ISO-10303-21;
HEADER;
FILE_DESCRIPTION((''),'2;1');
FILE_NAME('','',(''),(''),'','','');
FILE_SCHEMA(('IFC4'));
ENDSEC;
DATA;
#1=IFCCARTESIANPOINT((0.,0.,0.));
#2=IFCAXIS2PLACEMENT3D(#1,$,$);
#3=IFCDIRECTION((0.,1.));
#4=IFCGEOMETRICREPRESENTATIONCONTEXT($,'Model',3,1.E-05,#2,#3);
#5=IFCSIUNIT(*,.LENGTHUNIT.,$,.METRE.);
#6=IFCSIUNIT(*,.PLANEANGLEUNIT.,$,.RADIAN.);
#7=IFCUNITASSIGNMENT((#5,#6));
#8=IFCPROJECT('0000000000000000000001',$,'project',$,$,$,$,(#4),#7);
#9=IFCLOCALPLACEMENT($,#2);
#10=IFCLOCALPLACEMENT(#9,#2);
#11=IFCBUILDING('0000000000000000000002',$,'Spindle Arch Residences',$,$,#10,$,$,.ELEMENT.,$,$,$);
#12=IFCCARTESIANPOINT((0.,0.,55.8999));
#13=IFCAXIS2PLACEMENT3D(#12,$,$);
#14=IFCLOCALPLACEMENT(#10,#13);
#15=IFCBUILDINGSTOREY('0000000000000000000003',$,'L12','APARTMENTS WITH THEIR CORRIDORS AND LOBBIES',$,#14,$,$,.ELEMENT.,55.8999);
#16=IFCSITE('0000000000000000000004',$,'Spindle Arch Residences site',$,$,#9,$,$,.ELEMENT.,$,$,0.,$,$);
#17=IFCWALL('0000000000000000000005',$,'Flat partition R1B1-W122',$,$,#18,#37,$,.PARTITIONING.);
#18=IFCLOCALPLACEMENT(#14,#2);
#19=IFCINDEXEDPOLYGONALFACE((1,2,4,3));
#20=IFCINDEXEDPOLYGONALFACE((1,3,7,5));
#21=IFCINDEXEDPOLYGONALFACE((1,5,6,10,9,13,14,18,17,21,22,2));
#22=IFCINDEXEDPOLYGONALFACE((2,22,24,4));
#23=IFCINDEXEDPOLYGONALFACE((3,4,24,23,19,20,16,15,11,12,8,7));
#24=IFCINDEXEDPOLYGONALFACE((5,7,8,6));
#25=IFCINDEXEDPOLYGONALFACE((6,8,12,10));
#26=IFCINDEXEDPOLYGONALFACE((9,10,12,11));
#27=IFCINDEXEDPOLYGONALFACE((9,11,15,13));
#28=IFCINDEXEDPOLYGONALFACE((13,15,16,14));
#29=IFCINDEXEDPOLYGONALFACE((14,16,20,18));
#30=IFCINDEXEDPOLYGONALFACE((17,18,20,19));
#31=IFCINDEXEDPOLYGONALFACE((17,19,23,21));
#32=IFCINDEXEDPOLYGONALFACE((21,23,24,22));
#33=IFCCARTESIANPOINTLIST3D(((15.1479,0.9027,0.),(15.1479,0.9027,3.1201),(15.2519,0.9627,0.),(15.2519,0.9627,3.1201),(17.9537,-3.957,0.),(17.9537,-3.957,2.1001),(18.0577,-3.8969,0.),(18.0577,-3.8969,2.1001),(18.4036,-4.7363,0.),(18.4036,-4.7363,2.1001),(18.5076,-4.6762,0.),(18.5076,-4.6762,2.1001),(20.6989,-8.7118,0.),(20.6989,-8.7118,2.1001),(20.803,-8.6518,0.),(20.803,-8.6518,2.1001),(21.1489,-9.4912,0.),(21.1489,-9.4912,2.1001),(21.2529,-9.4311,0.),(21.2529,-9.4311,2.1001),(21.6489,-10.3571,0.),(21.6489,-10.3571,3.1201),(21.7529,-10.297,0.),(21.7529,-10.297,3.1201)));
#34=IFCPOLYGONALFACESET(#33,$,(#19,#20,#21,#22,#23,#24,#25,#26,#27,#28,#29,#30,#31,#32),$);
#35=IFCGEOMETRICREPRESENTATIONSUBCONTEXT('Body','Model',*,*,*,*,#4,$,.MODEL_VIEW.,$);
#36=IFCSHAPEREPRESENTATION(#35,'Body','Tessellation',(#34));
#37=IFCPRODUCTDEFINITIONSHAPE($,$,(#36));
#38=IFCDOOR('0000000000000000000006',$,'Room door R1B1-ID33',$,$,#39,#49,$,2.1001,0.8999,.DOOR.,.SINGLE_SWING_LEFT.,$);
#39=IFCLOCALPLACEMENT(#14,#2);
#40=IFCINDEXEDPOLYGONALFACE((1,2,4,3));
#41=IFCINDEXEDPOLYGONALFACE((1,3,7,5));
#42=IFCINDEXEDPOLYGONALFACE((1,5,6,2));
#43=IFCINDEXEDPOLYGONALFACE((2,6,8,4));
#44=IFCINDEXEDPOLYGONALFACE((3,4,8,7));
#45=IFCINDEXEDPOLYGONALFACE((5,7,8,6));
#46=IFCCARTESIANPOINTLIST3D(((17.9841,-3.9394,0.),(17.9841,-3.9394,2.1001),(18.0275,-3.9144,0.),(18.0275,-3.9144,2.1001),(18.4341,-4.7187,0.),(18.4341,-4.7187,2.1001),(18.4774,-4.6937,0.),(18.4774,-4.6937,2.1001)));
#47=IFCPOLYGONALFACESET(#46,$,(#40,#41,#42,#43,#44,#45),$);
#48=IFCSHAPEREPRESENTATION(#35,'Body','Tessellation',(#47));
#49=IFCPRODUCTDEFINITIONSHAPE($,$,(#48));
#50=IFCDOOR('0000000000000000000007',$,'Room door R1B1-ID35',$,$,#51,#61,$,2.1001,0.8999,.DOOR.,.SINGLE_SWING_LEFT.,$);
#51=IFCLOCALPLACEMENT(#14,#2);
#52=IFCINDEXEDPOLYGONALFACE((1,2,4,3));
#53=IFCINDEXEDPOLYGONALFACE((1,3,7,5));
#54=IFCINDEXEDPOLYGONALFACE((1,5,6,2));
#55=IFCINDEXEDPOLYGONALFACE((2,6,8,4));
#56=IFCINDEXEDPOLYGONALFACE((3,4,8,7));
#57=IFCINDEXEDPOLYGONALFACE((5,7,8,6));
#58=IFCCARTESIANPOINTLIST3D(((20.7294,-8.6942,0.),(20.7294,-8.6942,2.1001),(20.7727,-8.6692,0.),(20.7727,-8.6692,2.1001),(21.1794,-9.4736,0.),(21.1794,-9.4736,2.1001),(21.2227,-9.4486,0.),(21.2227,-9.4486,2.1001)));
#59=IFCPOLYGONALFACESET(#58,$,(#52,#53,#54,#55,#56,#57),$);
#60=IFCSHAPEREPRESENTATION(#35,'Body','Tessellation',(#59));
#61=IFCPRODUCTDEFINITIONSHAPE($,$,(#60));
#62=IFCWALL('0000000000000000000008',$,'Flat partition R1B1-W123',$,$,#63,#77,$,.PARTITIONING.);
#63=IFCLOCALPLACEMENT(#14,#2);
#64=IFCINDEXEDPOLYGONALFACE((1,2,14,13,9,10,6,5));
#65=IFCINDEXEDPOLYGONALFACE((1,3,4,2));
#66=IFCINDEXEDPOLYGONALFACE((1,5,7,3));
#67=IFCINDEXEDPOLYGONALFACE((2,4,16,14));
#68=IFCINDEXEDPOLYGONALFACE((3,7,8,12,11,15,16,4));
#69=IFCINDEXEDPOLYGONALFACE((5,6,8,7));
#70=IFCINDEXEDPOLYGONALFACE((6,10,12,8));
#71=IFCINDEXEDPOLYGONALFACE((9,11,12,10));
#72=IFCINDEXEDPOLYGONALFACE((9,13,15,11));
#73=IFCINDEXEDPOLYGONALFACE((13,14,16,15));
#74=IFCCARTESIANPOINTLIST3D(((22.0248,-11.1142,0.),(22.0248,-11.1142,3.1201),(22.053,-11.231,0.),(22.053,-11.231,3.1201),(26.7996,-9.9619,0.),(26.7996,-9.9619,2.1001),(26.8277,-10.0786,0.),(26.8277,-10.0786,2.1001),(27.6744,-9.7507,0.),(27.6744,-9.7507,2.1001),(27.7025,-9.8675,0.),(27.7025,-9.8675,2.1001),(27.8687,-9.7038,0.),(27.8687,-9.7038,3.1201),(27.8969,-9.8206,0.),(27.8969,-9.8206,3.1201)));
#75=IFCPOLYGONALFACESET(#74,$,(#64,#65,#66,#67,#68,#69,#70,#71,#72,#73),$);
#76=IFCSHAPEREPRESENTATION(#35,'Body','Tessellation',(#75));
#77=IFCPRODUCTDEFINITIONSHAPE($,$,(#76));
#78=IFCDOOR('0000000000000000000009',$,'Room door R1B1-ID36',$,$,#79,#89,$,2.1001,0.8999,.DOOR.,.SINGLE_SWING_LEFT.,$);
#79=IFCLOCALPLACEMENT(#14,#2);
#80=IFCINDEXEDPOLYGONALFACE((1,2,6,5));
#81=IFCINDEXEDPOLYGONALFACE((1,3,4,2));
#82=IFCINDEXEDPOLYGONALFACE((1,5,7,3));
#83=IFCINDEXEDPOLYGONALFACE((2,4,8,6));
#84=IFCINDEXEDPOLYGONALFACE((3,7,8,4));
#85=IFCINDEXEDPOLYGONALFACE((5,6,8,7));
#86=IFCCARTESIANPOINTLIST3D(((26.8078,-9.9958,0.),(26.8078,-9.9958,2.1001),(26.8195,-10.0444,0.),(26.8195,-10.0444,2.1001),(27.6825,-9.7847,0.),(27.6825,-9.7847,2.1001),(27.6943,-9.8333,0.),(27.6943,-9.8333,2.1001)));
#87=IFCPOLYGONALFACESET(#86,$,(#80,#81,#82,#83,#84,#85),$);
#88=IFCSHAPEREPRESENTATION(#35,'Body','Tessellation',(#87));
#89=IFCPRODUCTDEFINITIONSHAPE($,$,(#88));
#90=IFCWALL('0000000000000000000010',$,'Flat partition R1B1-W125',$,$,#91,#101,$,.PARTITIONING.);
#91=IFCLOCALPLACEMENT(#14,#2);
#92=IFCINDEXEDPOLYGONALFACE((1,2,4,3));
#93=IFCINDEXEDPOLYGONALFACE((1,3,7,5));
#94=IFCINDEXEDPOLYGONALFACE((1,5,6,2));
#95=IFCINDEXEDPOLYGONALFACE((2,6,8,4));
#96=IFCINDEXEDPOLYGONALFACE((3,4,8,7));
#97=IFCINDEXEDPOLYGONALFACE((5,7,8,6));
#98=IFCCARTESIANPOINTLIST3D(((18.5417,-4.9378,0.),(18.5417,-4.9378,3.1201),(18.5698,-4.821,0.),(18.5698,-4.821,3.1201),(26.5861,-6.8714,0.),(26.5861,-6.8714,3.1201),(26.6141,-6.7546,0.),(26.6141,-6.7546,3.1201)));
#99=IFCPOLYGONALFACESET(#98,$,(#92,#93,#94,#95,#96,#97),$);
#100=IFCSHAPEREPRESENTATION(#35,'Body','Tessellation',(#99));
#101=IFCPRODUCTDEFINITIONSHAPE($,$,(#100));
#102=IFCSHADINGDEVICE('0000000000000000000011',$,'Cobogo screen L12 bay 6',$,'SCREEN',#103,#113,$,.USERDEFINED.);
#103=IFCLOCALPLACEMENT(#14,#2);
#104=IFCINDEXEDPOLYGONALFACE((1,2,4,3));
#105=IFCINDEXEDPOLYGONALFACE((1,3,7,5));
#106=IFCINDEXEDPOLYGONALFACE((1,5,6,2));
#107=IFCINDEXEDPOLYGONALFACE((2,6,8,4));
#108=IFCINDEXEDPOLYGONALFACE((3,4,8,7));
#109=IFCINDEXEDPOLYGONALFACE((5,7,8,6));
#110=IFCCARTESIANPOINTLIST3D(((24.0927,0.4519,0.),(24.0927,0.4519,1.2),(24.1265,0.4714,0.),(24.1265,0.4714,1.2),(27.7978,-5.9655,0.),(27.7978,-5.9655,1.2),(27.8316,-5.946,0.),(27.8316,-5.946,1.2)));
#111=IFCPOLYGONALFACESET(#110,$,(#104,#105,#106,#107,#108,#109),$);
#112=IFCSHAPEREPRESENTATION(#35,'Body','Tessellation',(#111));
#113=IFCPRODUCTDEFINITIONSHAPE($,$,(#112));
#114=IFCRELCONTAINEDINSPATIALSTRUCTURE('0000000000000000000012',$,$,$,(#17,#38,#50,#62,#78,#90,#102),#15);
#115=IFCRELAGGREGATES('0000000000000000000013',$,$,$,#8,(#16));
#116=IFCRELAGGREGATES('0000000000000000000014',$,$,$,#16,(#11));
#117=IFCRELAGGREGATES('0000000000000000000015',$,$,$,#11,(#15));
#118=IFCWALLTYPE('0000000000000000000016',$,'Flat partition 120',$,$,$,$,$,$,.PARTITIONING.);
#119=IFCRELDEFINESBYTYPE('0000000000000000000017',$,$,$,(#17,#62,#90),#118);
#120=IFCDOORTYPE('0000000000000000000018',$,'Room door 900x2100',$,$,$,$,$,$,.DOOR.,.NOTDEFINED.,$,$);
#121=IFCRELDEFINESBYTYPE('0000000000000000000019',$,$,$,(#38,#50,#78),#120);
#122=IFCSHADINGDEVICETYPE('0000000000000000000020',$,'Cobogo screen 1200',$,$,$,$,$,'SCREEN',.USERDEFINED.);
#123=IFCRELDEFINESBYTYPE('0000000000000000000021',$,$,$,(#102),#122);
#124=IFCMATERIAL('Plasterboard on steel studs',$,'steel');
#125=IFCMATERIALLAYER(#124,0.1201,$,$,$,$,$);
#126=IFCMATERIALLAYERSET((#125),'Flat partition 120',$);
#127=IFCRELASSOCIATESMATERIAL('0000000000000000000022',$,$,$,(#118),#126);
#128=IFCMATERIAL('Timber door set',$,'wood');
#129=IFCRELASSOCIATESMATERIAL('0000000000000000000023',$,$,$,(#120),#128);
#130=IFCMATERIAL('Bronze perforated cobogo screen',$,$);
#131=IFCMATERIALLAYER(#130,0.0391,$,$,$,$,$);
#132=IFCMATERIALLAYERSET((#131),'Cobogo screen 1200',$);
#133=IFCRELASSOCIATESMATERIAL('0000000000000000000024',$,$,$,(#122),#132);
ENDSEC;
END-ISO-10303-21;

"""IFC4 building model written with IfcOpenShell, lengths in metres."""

from ifc_helpers import new_model, si_unit, direction, frame, frame_2d, origin, origin_2d, place, context, subcontext, project, spatial, rectangle, extrude, material, layer, layer_set, type_object, element, fill, save


model = new_model("IFC4")

# Units and contexts
model_context = context("Model", 3, precision=1e-05, world=origin(), true_north=direction((0.0, 1.0)))
body_context = subcontext(model_context, "Body", "Model", "MODEL_VIEW")
ifc_project = project(units=[si_unit("LENGTHUNIT", "METRE"), si_unit("PLANEANGLEUNIT", "RADIAN")], contexts=[model_context])

# Site, building, storey
site_placement = place(None, origin())
site = spatial("IfcSite", under=ifc_project, at=site_placement, Name="Spindle Arch Residences site", CompositionType="ELEMENT", RefElevation=0.0)
building_placement = place(site_placement, origin())
building = spatial("IfcBuilding", under=site, at=building_placement, Name="Spindle Arch Residences", CompositionType="ELEMENT")
storey_placement = place(building_placement, frame((0.0, 0.0, 55.8999)))
storey = spatial("IfcBuildingStorey", under=building, at=storey_placement, Name="L12", Description="APARTMENTS WITH THEIR CORRIDORS AND LOBBIES", CompositionType="ELEMENT", Elevation=55.8999)

# Shared definitions
ifc_material_1 = material(Name="Plasterboard on steel studs", Category="steel")
ifc_layer_1 = layer(ifc_material_1, 0.1201)
ifc_layer_set_1 = layer_set([ifc_layer_1], Name="Flat partition 120")
wall_type_1 = type_object("IfcWallType", Name="Flat partition 120", PredefinedType="PARTITIONING", material=ifc_layer_set_1)

# Shared definitions
ifc_material_2 = material(Name="Timber door set", Category="wood")
door_type_1 = type_object("IfcDoorType", Name="Room door 900x2100", OperationType="NOTDEFINED", PredefinedType="DOOR", material=ifc_material_2)

# Wall, openings, doors
wall_1_placement = place(storey_placement, frame((21.7009, -10.3271, 0.0), z_axis=(0.0, 0.0, 1.0), x_axis=(-0.500009, 0.86602, 0.0)))
wall_1 = element("IfcWall", 1, at=wall_1_placement, inside=storey, type_object=wall_type_1, Name="Flat partition R1B1-W122", PredefinedType="PARTITIONING", context=body_context, shape_type="SweptSolid", body=[
    extrude(rectangle(XDim=13.0017, YDim=0.1201, at=frame_2d((6.501, 0.0))), origin(), (0.0, 0.0, 1.0), 3.1201),
])
opening_1_placement = place(wall_1_placement, frame((6.4905, 0.0, 0.0)))
opening_1 = element("IfcOpeningElement", 2, at=opening_1_placement, cuts=wall_1, PredefinedType="OPENING", context=body_context, shape_type="SweptSolid", body=[
    extrude(rectangle(XDim=0.8999, YDim=2.1001, at=frame_2d((0.45, 1.05))), frame((0.0, 0.0701, 0.0), z_axis=(0.0, -1.0, 0.0), x_axis=(1.0, 0.0, 0.0)), (0.0, 0.0, 1.0), 0.1401),
])
opening_2_placement = place(wall_1_placement, frame((1.0, 0.0, 0.0)))
opening_2 = element("IfcOpeningElement", 3, at=opening_2_placement, cuts=wall_1, PredefinedType="OPENING", context=body_context, shape_type="SweptSolid", body=[
    extrude(rectangle(XDim=0.8999, YDim=2.1001, at=frame_2d((0.45, 1.05))), frame((0.0, 0.0701, 0.0), z_axis=(0.0, -1.0, 0.0), x_axis=(1.0, 0.0, 0.0)), (0.0, 0.0, 1.0), 0.1401),
])
door_1_placement = place(opening_1_placement, origin())
door_1 = element("IfcDoor", 4, at=door_1_placement, inside=storey, type_object=door_type_1, Name="Room door R1B1-ID33", OperationType="SINGLE_SWING_LEFT", OverallHeight=2.1001, OverallWidth=0.8999, PredefinedType="DOOR", context=body_context, shape_type="SweptSolid", body=[
    extrude(rectangle(XDim=0.8999, YDim=2.1001, at=frame_2d((0.45, 1.05))), frame((0.0, 0.0249, 0.0), z_axis=(0.0, -1.0, 0.0), x_axis=(1.0, 0.0, 0.0)), (0.0, 0.0, 1.0), 0.05),
])
fill(opening_1, door_1)
door_2_placement = place(opening_2_placement, origin())
door_2 = element("IfcDoor", 5, at=door_2_placement, inside=storey, type_object=door_type_1, Name="Room door R1B1-ID35", OperationType="SINGLE_SWING_LEFT", OverallHeight=2.1001, OverallWidth=0.8999, PredefinedType="DOOR", context=body_context, shape_type="SweptSolid", body=[
    extrude(rectangle(XDim=0.8999, YDim=2.1001, at=frame_2d((0.45, 1.05))), frame((0.0, 0.0249, 0.0), z_axis=(0.0, -1.0, 0.0), x_axis=(1.0, 0.0, 0.0)), (0.0, 0.0, 1.0), 0.05),
])
fill(opening_2, door_2)

# Wall, opening, door
wall_2_placement = place(storey_placement, frame((27.8828, -9.7622, 0.0), z_axis=(0.0, 0.0, 1.0), x_axis=(-0.972091, -0.234606, 0.0)))
wall_2 = element("IfcWall", 6, at=wall_2_placement, inside=storey, type_object=wall_type_1, Name="Flat partition R1B1-W123", PredefinedType="PARTITIONING", context=body_context, shape_type="SweptSolid", body=[
    extrude(rectangle(XDim=6.0117, YDim=0.1201, at=frame_2d((3.0059, 0.0))), origin(), (0.0, 0.0, 1.0), 3.1201),
])
opening_3_placement = place(wall_2_placement, frame((0.2, 0.0, 0.0)))
opening_3 = element("IfcOpeningElement", 7, at=opening_3_placement, cuts=wall_2, PredefinedType="OPENING", context=body_context, shape_type="SweptSolid", body=[
    extrude(rectangle(XDim=0.8999, YDim=2.1001, at=frame_2d((0.45, 1.05))), frame((0.0, 0.0701, 0.0), z_axis=(0.0, -1.0, 0.0), x_axis=(1.0, 0.0, 0.0)), (0.0, 0.0, 1.0), 0.1401),
])
door_3_placement = place(opening_3_placement, origin())
door_3 = element("IfcDoor", 8, at=door_3_placement, inside=storey, type_object=door_type_1, Name="Room door R1B1-ID36", OperationType="SINGLE_SWING_LEFT", OverallHeight=2.1001, OverallWidth=0.8999, PredefinedType="DOOR", context=body_context, shape_type="SweptSolid", body=[
    extrude(rectangle(XDim=0.8999, YDim=2.1001, at=frame_2d((0.45, 1.05))), frame((0.0, 0.0249, 0.0), z_axis=(0.0, -1.0, 0.0), x_axis=(1.0, 0.0, 0.0)), (0.0, 0.0, 1.0), 0.05),
])
fill(opening_3, door_3)

# Wall
wall_3_placement = place(storey_placement, frame((26.6001, -6.813, 0.0), z_axis=(0.0, 0.0, 1.0), x_axis=(-0.972307, 0.233708, 0.0)))
element("IfcWall", 9, at=wall_3_placement, inside=storey, type_object=wall_type_1, Name="Flat partition R1B1-W125", PredefinedType="PARTITIONING", context=body_context, shape_type="SweptSolid", body=[
    extrude(rectangle(XDim=8.2734, YDim=0.1201, at=frame_2d((4.1367, 0.0))), origin(), (0.0, 0.0, 1.0), 3.1201),
])

# Shading device
ifc_material_3 = material(Name="Bronze perforated cobogo screen")
ifc_layer_2 = layer(ifc_material_3, 0.0391)
ifc_layer_set_2 = layer_set([ifc_layer_2], Name="Cobogo screen 1200")
shading_device_type = type_object("IfcShadingDeviceType", Name="Cobogo screen 1200", ElementType="SCREEN", PredefinedType="USERDEFINED", material=ifc_layer_set_2)
shading_device_placement = place(storey_placement, frame((25.9622, -2.7471, 0.0), z_axis=(0.0, 0.0, 1.0), x_axis=(-0.5, 0.866025, 0.0)))
element("IfcShadingDevice", 10, at=shading_device_placement, inside=storey, type_object=shading_device_type, Name="Cobogo screen L12 bay 6", ObjectType="SCREEN", PredefinedType="USERDEFINED", context=body_context, shape_type="SweptSolid", body=[
    extrude(rectangle(XDim=7.4102, YDim=0.0391, at=origin_2d()), origin(), (0.0, 0.0, 1.0), 1.2),
])

save(model, "model.ifc")
